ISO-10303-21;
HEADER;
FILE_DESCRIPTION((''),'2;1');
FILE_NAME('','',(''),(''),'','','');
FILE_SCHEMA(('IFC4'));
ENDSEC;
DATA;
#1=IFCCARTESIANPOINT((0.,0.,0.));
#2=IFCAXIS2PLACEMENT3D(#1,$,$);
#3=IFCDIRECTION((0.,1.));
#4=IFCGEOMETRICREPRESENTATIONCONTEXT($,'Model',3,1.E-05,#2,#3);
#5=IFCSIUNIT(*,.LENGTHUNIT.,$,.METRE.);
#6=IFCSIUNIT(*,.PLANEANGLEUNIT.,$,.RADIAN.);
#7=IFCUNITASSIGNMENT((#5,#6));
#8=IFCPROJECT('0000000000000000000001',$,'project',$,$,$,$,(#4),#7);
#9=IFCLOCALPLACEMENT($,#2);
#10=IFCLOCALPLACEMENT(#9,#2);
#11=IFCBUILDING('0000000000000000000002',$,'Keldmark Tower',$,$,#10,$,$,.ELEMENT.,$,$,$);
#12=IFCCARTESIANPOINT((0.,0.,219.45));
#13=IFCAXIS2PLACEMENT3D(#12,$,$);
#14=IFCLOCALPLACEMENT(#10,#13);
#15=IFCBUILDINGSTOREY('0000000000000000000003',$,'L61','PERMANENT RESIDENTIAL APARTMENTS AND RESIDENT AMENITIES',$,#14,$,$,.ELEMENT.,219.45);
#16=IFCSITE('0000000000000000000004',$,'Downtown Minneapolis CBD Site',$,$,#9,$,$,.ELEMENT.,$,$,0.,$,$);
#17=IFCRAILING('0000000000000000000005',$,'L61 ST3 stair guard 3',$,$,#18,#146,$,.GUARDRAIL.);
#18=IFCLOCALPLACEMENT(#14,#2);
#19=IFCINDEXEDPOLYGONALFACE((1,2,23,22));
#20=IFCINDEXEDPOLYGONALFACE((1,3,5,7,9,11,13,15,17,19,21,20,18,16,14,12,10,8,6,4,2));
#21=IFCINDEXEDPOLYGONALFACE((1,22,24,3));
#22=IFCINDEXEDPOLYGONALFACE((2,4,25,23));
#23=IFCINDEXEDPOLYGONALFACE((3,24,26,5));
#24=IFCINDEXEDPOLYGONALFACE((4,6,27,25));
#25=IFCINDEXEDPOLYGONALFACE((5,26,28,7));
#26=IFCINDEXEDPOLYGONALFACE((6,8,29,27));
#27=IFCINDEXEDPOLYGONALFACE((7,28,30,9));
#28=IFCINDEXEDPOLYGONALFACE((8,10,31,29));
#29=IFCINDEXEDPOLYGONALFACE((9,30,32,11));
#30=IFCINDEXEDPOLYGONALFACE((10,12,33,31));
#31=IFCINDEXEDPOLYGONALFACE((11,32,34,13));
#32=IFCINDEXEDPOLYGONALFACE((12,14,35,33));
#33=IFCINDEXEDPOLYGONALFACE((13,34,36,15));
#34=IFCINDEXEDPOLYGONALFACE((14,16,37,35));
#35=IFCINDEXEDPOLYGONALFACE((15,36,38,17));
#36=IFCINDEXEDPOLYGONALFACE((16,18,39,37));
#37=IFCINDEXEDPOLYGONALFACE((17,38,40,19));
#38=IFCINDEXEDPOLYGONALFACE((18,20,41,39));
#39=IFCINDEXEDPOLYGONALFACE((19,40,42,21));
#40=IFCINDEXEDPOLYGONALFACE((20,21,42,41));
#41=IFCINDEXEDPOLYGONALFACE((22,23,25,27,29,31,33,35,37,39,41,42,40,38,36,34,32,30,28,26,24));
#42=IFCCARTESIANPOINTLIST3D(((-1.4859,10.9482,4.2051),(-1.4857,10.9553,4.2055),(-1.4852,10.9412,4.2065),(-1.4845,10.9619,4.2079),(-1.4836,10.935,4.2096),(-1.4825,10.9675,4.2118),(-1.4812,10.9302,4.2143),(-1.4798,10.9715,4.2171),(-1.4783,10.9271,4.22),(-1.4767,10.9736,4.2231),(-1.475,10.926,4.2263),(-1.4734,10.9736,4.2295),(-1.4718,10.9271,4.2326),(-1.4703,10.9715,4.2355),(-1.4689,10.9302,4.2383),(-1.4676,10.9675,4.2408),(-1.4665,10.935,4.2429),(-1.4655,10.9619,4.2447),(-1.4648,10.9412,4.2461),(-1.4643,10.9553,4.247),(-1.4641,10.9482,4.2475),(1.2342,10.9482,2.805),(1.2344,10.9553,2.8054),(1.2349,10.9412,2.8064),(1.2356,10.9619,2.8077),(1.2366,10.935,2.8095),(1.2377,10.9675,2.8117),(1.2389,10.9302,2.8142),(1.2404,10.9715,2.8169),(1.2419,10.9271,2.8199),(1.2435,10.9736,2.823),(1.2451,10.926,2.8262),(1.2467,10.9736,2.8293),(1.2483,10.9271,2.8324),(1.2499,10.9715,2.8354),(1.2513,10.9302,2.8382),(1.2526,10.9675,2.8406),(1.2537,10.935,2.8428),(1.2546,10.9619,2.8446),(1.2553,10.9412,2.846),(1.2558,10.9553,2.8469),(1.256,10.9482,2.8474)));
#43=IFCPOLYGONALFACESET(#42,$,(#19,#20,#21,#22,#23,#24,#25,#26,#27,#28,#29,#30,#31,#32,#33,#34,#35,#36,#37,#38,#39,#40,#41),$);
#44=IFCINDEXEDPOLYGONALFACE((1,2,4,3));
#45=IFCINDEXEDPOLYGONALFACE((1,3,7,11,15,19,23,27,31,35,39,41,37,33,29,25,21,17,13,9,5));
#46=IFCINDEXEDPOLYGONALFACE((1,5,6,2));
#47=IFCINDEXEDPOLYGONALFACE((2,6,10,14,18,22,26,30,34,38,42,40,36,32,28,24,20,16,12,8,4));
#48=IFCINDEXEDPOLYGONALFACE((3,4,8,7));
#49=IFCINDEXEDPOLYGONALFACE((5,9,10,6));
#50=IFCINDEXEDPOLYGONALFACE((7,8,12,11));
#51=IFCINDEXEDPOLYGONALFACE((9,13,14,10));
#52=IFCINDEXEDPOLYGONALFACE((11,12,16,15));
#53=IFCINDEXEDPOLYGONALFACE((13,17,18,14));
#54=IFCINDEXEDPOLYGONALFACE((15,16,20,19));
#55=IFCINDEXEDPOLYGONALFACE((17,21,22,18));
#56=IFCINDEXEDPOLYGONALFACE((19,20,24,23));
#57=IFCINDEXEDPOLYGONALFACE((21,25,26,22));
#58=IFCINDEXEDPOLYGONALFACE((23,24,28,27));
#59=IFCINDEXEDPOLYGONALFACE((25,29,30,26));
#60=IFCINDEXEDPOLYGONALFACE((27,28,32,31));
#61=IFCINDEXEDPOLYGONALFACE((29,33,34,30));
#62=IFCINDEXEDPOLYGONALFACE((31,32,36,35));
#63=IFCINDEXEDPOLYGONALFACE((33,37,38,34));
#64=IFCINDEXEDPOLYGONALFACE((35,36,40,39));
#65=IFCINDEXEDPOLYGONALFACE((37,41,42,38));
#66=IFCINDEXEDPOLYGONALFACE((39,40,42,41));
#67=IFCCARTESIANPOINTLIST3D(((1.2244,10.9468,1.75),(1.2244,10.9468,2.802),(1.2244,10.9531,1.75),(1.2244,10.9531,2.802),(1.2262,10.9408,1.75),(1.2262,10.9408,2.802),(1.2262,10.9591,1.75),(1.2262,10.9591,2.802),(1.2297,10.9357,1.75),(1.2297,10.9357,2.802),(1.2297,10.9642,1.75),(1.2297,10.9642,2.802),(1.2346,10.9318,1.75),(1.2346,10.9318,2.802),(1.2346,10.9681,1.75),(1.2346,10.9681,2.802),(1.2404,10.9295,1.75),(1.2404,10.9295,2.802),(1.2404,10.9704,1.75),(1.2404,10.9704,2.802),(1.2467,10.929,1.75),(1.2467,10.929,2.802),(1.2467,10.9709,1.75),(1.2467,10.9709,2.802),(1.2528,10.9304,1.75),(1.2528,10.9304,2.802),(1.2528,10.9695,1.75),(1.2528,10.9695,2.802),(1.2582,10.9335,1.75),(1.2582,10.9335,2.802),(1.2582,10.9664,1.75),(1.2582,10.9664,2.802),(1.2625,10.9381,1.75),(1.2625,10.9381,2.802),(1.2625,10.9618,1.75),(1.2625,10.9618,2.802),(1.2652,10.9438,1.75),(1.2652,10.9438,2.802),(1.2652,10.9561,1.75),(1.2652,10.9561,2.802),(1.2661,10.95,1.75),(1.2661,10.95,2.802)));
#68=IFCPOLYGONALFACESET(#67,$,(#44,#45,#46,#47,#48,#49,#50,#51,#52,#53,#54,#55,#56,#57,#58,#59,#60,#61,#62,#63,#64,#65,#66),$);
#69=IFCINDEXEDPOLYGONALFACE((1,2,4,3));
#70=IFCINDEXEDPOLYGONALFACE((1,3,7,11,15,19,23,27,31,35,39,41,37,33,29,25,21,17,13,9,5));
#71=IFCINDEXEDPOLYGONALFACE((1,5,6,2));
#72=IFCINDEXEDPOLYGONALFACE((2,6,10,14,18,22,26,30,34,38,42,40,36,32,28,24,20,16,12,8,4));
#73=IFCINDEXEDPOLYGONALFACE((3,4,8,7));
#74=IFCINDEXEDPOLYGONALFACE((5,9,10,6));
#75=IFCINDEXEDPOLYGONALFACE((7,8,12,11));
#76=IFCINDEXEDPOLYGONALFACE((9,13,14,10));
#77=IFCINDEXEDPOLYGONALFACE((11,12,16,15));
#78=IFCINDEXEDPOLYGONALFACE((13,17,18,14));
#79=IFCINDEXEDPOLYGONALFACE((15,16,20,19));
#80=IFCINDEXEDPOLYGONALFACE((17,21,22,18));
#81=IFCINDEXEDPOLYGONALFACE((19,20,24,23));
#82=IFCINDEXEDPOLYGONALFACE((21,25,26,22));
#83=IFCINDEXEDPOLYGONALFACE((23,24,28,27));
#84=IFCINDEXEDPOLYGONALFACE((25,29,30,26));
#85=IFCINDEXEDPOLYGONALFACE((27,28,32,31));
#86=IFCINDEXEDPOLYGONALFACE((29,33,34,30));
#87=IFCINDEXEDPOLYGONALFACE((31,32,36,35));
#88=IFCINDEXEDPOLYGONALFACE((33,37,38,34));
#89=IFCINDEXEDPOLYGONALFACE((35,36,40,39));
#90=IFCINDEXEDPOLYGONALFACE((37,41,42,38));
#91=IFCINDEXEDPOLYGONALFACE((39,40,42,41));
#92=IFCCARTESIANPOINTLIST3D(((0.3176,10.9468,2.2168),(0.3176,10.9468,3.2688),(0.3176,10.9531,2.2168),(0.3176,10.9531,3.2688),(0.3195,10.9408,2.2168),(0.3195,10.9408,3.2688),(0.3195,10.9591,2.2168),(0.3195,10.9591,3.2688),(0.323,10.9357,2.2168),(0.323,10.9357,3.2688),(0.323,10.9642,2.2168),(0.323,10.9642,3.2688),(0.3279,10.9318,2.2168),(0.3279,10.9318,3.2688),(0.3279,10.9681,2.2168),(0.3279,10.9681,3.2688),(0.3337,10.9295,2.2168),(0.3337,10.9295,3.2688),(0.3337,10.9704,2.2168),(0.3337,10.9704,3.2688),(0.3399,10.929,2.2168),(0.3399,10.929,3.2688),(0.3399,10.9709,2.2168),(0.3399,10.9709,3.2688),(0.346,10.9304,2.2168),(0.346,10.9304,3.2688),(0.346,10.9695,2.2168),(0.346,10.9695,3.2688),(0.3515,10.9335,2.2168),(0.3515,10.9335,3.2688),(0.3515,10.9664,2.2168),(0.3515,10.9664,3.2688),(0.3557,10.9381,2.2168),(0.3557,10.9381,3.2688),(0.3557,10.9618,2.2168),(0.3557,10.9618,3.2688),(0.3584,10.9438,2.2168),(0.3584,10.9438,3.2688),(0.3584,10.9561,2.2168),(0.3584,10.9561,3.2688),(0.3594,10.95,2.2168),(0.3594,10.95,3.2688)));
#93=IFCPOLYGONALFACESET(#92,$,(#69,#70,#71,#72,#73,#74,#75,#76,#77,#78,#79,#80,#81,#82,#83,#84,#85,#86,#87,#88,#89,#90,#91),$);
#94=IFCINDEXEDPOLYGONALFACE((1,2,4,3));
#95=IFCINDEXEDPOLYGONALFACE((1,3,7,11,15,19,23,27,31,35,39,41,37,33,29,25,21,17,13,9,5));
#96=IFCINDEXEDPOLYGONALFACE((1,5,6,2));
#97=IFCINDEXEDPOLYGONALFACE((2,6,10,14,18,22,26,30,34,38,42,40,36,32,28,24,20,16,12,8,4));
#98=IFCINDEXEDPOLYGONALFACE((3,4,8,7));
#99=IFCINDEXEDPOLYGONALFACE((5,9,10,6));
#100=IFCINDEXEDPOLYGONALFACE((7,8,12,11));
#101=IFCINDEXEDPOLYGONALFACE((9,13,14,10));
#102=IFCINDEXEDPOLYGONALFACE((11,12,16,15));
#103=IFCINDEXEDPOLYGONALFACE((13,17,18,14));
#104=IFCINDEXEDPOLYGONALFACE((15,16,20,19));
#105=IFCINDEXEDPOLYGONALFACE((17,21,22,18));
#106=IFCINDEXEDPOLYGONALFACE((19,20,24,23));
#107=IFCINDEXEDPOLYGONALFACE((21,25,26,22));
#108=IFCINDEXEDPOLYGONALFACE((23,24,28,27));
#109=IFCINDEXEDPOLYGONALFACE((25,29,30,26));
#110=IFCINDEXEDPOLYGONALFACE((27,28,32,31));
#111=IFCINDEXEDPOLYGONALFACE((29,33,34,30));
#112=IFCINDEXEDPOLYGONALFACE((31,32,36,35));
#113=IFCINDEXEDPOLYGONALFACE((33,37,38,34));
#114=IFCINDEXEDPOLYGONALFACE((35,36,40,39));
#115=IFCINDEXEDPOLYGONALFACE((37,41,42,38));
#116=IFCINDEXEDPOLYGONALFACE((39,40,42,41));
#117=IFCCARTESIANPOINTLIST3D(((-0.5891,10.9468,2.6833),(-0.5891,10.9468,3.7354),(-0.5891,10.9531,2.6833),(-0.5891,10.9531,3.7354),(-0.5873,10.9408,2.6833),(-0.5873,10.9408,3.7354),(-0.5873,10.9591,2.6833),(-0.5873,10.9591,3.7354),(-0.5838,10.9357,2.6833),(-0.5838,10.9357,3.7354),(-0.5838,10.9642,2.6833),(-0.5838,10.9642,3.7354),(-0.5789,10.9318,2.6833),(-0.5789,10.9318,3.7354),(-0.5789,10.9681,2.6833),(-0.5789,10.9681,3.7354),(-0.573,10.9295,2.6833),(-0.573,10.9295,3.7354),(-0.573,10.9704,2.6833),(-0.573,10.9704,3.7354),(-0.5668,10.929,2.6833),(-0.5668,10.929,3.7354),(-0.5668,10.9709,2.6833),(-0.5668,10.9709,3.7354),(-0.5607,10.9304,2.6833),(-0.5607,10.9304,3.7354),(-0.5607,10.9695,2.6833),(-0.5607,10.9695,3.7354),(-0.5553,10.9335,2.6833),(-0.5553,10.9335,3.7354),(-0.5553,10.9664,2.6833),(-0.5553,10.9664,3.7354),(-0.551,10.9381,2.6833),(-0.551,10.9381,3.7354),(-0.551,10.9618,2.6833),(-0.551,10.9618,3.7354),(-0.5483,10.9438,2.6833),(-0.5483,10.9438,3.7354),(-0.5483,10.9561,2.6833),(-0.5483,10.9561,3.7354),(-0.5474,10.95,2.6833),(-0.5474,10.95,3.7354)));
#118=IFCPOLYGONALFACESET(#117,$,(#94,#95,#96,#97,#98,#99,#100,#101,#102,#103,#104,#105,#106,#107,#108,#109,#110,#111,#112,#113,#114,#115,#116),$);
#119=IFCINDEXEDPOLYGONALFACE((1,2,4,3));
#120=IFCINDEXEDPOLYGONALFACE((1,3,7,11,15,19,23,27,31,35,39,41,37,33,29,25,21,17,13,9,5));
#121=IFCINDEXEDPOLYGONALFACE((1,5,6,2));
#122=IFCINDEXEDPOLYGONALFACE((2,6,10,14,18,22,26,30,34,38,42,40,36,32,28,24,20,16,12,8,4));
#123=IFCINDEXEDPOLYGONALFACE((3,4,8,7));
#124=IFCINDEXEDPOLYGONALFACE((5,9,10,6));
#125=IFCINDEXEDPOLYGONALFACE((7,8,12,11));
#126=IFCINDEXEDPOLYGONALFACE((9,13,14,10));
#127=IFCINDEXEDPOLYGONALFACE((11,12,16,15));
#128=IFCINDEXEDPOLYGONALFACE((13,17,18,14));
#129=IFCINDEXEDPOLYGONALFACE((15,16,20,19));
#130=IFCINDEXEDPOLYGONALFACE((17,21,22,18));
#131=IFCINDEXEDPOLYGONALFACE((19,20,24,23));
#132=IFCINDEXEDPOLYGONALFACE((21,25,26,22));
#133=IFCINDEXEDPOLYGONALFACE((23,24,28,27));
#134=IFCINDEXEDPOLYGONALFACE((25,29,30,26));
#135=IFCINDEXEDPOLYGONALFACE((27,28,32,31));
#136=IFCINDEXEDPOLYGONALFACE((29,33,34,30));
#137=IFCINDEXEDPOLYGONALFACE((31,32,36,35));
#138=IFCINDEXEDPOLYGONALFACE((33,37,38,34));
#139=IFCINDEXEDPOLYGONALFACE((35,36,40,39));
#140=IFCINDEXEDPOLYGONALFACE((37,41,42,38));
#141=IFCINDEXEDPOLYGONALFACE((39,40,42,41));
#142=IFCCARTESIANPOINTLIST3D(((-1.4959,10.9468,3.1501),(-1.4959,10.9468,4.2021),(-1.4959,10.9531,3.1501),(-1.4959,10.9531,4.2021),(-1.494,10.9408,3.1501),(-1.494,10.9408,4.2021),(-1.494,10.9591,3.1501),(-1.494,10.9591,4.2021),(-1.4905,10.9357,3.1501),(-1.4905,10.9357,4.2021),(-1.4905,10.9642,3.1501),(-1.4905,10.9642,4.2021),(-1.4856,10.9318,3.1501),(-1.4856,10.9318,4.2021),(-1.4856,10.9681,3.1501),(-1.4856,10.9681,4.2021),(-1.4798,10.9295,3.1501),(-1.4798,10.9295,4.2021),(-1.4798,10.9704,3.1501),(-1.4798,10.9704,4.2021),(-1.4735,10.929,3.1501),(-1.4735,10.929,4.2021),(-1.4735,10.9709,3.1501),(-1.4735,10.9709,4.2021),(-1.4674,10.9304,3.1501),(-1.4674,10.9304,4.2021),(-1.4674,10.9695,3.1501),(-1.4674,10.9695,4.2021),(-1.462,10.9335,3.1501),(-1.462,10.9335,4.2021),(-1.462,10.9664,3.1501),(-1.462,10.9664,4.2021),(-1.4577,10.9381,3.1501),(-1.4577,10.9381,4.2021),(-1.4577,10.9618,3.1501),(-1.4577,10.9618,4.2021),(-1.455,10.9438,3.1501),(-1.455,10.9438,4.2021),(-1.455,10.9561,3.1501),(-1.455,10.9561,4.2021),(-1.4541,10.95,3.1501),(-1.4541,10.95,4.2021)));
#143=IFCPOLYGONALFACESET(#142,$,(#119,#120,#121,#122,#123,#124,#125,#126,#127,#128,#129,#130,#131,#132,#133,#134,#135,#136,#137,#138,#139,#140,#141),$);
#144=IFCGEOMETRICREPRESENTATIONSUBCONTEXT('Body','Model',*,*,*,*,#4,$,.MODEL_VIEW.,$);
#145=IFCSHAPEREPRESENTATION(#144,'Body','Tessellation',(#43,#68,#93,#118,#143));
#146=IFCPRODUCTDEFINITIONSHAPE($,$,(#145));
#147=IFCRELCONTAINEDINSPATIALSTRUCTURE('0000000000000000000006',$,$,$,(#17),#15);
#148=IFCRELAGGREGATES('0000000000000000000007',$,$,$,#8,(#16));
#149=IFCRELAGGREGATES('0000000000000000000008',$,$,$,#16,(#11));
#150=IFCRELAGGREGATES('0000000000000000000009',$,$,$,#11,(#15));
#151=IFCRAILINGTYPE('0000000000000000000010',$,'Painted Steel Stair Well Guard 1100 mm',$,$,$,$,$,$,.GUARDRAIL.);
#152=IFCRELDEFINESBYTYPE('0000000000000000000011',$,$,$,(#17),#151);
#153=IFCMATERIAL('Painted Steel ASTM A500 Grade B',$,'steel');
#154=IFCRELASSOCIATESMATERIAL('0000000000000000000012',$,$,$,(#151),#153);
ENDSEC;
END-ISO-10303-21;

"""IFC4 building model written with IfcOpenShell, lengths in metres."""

from ifc_helpers import new_model, si_unit, direction, frame, origin, origin_2d, place, context, subcontext, project, spatial, circle, extrude, material, type_object, element, save


model = new_model("IFC4")

# Units and contexts
model_context = context("Model", 3, precision=1e-05, world=origin(), true_north=direction((0.0, 1.0)))
body_context = subcontext(model_context, "Body", "Model", "MODEL_VIEW")
ifc_project = project(units=[si_unit("LENGTHUNIT", "METRE"), si_unit("PLANEANGLEUNIT", "RADIAN")], contexts=[model_context])

# Site, building, storey
site_placement = place(None, origin())
site = spatial("IfcSite", under=ifc_project, at=site_placement, Name="Downtown Minneapolis CBD Site", CompositionType="ELEMENT", RefElevation=0.0)
building_placement = place(site_placement, origin())
building = spatial("IfcBuilding", under=site, at=building_placement, Name="Keldmark Tower", CompositionType="ELEMENT")
storey_placement = place(building_placement, frame((0.0, 0.0, 219.45)))
storey = spatial("IfcBuildingStorey", under=building, at=storey_placement, Name="L61", Description="PERMANENT RESIDENTIAL APARTMENTS AND RESIDENT AMENITIES", CompositionType="ELEMENT", Elevation=219.45)

# Railing
ifc_material_1 = material(Name="Painted Steel ASTM A500 Grade B", Category="steel")
railing_type_1 = type_object("IfcRailingType", Name="Painted Steel Stair Well Guard 1100 mm", PredefinedType="GUARDRAIL", material=ifc_material_1)
railing_1_placement = place(storey_placement, frame((1.2451, 10.95, 1.75)))
element("IfcRailing", 1, at=railing_1_placement, inside=storey, type_object=railing_type_1, Name="L61 ST3 stair guard 3", PredefinedType="GUARDRAIL", context=body_context, shape_type="SweptSolid", body=[
    extrude(circle(Radius=0.0239, at=origin_2d()), frame((0.0, 0.0, 1.0762), z_axis=(-0.889131, 0.0, 0.457653), x_axis=(0.0, -1.0, 0.0)), (0.0, 0.0, 1.0), 3.0593),
    extrude(circle(Radius=0.021, at=origin_2d()), origin(), (0.0, 0.0, 1.0), 1.052),
    extrude(circle(Radius=0.021, at=origin_2d()), frame((-0.9067, 0.0, 0.4668)), (0.0, 0.0, 1.0), 1.052),
    extrude(circle(Radius=0.021, at=origin_2d()), frame((-1.8135, 0.0, 0.9333)), (0.0, 0.0, 1.0), 1.052),
    extrude(circle(Radius=0.021, at=origin_2d()), frame((-2.7202, 0.0, 1.4001)), (0.0, 0.0, 1.0), 1.052),
])

save(model, "model.ifc")
